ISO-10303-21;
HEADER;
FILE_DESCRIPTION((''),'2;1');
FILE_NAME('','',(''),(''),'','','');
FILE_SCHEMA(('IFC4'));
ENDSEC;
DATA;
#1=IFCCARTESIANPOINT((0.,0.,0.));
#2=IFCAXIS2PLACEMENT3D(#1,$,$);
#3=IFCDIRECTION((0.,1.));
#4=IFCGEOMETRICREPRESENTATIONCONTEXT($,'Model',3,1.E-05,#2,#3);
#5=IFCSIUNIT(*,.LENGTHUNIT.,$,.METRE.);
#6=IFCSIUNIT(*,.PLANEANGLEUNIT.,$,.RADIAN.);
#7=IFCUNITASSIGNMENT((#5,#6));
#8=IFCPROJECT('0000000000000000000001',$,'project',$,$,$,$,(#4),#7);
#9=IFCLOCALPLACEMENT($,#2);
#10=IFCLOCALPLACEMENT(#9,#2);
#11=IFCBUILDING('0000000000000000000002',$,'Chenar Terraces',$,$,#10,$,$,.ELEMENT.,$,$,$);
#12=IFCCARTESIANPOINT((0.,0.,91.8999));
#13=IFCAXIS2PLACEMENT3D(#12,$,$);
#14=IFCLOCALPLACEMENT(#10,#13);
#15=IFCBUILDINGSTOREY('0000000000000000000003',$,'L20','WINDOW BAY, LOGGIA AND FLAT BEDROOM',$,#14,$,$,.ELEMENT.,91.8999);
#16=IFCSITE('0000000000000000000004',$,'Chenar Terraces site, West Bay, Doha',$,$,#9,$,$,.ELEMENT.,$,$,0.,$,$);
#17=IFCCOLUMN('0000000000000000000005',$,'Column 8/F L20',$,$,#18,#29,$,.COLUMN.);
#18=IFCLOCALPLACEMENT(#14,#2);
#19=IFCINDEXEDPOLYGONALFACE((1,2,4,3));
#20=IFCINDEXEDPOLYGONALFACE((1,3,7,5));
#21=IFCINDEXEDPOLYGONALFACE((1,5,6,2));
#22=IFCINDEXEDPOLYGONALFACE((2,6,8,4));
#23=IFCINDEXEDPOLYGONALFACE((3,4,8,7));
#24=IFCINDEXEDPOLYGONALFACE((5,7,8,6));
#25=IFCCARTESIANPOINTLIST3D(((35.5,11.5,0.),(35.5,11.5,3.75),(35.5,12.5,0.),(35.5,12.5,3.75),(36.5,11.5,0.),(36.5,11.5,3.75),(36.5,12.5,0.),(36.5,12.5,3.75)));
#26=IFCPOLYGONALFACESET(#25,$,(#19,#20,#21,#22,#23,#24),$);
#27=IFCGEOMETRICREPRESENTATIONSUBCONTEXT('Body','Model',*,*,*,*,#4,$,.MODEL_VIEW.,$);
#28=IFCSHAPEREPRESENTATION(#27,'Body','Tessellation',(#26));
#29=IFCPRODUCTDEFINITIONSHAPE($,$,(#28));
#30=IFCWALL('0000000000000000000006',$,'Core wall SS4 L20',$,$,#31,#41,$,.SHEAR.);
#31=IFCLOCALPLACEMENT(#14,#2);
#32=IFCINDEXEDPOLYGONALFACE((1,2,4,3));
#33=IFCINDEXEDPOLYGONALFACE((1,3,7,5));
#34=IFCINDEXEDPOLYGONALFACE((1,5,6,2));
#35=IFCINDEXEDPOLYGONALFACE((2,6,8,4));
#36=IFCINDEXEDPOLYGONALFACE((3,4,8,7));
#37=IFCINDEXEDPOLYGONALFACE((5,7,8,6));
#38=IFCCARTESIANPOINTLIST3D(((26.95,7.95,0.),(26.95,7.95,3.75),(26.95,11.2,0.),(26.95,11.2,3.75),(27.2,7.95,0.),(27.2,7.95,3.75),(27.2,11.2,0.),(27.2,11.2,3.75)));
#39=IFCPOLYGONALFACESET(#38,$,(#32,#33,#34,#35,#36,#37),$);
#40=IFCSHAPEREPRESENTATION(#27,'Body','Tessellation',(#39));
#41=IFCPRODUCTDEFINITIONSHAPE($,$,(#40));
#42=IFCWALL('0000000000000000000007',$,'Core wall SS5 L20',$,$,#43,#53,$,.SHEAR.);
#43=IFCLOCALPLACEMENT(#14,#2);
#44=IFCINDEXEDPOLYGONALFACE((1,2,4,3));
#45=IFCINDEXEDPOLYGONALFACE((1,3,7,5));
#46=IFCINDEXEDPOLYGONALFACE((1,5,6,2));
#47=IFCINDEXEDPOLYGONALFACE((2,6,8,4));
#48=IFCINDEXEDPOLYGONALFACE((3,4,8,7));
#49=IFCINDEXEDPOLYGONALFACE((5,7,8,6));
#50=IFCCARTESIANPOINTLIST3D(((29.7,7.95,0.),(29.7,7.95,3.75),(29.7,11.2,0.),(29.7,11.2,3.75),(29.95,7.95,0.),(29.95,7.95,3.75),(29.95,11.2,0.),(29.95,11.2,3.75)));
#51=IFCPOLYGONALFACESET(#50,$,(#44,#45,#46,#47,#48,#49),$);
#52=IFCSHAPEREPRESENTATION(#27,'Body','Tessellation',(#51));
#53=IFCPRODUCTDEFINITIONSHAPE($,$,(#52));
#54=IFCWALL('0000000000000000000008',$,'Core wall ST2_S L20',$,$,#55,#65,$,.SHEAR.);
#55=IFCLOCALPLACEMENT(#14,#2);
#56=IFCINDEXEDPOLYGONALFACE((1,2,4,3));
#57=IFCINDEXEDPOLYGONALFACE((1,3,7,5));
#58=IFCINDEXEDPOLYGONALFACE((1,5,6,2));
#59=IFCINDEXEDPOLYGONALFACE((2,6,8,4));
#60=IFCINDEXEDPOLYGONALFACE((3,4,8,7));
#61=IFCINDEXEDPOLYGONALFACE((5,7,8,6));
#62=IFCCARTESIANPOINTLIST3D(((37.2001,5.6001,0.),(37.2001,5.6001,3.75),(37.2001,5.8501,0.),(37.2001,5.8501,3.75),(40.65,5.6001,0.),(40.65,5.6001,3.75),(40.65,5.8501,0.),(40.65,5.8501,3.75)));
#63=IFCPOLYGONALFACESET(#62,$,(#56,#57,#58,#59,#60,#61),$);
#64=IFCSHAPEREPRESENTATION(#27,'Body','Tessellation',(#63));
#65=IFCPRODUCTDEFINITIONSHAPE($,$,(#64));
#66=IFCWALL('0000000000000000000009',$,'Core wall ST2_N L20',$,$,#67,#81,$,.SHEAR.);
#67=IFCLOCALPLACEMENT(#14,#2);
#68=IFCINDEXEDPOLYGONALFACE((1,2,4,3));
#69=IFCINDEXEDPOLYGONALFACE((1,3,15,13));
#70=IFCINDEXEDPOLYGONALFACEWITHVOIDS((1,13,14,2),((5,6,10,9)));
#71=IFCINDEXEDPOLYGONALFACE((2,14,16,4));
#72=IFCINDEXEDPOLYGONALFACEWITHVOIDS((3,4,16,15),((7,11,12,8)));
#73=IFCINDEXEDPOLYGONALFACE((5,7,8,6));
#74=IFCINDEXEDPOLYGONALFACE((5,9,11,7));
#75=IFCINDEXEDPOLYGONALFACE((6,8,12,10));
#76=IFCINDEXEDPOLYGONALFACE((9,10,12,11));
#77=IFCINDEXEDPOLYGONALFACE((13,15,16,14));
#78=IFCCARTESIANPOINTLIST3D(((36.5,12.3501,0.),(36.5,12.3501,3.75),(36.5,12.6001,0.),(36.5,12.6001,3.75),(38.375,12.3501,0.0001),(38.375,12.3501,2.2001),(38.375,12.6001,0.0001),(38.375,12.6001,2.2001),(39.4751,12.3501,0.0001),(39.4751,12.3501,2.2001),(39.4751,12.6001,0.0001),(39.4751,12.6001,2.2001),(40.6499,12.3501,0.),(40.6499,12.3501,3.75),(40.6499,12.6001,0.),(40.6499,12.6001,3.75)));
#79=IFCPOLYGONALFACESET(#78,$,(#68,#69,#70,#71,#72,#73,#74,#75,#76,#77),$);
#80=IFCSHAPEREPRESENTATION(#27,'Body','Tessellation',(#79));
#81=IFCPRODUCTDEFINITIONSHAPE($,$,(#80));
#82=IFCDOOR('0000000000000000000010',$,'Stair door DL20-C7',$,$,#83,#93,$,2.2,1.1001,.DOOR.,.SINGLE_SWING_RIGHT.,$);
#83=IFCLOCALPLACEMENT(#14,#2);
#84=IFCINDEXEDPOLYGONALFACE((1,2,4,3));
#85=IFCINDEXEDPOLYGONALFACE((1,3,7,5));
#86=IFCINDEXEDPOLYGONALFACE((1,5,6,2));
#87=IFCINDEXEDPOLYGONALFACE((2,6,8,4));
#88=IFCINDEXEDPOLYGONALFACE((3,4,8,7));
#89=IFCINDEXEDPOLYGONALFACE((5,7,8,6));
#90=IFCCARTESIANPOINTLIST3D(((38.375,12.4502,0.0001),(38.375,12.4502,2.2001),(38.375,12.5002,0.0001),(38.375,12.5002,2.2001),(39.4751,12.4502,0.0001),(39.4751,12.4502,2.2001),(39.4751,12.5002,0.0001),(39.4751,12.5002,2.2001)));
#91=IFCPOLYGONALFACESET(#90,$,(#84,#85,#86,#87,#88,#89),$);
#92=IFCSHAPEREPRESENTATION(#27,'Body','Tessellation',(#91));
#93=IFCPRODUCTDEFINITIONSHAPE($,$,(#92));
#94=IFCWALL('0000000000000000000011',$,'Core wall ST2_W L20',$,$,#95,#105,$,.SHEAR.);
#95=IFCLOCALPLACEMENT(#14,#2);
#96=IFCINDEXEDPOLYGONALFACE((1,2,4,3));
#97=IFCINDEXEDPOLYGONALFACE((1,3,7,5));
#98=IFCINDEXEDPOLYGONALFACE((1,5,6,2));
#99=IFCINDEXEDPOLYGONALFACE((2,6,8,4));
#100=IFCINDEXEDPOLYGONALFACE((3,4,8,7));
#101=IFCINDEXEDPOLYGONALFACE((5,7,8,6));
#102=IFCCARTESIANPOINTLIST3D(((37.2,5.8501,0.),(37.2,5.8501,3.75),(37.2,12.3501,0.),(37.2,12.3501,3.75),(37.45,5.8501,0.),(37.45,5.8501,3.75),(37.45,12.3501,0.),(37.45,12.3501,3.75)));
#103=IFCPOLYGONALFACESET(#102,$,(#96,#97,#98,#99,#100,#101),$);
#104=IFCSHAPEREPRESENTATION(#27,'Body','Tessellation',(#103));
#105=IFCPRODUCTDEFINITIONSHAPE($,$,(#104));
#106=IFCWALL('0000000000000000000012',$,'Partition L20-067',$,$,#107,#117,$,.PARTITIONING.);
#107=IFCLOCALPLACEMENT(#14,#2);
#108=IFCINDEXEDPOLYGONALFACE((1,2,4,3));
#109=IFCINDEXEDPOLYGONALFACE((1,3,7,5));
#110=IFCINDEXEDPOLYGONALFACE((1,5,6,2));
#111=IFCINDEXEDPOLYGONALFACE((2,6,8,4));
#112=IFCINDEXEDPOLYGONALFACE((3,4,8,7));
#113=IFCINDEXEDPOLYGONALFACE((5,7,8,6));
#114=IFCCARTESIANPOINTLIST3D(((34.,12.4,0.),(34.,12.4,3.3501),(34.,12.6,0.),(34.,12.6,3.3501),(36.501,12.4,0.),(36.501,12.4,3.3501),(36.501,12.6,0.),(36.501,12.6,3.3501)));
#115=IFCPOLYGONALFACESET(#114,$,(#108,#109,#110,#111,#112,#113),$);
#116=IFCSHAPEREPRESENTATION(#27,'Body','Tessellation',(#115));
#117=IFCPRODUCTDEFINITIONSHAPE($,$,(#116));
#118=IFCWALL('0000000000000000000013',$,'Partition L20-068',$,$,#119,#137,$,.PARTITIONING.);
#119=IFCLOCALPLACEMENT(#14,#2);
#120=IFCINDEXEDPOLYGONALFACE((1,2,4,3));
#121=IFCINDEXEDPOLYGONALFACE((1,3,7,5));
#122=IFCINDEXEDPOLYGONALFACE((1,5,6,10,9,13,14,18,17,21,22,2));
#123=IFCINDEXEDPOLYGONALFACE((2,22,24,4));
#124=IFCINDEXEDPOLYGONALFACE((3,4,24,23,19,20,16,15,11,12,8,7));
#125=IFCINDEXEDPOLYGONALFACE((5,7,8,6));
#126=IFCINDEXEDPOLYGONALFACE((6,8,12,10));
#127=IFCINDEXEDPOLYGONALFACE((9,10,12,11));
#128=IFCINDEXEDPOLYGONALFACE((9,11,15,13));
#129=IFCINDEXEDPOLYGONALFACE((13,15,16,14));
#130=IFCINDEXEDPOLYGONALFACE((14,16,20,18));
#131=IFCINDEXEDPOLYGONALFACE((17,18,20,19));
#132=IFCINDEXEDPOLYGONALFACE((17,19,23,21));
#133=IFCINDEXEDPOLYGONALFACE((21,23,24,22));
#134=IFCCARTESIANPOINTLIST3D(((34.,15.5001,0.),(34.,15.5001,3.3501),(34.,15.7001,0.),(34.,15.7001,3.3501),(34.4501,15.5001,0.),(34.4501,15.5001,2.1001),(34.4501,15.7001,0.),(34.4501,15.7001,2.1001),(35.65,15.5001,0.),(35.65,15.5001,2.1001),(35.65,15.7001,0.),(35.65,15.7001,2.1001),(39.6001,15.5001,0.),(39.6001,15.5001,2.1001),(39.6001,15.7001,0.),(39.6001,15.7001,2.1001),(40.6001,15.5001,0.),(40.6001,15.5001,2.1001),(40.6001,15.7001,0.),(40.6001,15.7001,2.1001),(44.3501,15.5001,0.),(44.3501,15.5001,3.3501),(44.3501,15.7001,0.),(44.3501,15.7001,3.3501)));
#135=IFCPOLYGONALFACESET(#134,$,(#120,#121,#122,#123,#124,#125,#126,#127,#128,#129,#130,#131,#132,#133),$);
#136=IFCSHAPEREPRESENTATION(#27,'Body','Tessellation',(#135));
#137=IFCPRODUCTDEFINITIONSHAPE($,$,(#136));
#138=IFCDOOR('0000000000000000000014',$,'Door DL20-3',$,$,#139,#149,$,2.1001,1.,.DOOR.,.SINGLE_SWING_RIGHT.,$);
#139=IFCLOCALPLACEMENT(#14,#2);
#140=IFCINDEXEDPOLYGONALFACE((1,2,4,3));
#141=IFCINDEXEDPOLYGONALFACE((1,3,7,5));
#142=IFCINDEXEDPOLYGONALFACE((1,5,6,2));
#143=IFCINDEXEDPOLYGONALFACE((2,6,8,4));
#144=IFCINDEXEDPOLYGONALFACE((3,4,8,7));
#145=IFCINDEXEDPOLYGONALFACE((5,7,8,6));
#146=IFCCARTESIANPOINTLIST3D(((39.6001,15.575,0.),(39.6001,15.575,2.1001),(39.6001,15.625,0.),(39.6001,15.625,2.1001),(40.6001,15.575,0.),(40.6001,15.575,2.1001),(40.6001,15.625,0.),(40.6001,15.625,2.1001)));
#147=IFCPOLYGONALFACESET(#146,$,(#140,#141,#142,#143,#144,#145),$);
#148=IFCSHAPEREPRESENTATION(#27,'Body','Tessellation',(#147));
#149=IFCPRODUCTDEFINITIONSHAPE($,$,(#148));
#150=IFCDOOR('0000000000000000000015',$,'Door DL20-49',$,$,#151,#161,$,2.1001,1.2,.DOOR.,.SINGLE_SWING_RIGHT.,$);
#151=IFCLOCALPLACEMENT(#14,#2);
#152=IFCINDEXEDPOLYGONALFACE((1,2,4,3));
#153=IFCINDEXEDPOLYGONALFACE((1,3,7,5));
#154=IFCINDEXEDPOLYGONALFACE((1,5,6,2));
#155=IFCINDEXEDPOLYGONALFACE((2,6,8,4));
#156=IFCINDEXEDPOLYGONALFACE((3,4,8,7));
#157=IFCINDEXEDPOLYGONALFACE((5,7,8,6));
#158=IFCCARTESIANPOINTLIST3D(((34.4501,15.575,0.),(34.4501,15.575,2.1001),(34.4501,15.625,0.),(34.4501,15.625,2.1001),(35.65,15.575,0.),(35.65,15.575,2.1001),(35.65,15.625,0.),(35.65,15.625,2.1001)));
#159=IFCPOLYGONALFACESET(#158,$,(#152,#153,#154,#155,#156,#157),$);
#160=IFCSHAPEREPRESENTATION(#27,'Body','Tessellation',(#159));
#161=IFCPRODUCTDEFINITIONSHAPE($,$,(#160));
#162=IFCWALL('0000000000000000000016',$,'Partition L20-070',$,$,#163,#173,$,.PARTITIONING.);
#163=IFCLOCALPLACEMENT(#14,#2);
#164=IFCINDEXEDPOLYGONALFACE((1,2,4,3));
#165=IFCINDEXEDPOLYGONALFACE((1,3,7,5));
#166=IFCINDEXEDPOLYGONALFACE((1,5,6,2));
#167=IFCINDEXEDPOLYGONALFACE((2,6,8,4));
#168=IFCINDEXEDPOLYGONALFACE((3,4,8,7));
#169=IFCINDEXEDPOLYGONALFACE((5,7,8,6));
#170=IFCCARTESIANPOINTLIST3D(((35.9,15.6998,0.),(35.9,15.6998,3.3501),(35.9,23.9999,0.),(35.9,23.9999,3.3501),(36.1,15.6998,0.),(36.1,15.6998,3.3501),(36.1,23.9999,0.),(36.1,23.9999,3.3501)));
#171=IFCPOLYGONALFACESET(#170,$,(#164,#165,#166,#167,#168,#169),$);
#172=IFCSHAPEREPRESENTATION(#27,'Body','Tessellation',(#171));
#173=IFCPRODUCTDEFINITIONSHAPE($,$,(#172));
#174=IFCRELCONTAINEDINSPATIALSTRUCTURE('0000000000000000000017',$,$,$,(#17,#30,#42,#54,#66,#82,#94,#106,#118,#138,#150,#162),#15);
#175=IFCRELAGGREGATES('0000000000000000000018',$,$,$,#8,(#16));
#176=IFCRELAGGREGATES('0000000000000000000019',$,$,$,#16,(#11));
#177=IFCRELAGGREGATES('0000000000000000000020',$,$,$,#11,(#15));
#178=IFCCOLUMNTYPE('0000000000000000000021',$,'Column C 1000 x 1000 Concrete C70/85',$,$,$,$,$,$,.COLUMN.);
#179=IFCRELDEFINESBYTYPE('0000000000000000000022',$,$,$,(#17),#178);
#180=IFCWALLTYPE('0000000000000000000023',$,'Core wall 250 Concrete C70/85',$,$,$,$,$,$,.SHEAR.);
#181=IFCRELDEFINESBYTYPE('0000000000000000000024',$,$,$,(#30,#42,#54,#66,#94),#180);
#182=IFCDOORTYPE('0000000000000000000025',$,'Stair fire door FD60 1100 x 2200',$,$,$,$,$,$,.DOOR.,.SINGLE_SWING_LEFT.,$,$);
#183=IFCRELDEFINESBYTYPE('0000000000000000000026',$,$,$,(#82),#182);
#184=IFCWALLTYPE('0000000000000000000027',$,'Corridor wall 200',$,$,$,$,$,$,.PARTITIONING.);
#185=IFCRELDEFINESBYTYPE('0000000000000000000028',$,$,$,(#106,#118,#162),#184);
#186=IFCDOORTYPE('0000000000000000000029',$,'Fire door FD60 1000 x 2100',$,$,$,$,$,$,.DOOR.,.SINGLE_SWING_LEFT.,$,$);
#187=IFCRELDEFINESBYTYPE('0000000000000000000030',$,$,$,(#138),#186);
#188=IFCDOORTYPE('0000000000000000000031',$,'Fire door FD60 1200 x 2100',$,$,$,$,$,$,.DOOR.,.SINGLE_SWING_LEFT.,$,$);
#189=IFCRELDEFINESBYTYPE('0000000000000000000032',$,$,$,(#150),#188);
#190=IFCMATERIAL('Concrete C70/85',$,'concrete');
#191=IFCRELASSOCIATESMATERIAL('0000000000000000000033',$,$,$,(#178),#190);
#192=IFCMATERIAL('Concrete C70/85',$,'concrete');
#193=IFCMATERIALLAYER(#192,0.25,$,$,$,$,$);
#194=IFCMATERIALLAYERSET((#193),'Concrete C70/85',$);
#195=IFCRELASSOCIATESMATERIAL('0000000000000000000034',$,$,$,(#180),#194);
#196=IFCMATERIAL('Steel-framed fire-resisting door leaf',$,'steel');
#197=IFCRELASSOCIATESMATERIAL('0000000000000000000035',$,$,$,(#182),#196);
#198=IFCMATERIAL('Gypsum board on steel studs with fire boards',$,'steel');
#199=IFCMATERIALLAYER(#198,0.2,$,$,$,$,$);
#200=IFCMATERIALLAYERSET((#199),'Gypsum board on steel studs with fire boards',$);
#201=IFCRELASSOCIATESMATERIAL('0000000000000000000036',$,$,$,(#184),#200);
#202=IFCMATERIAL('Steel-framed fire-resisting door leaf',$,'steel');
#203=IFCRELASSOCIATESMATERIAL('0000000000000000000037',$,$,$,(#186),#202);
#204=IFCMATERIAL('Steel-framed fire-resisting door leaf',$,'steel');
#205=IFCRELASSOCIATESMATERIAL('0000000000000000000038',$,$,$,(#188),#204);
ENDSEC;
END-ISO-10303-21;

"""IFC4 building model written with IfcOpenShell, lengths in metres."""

from ifc_helpers import new_model, si_unit, direction, frame, frame_2d, origin, origin_2d, place, context, subcontext, project, spatial, rectangle, extrude, material, layer, layer_set, material_profile, profile_set, type_object, element, fill, save


model = new_model("IFC4")

# Units and contexts
model_context = context("Model", 3, precision=1e-05, world=origin(), true_north=direction((0.0, 1.0)))
body_context = subcontext(model_context, "Body", "Model", "MODEL_VIEW")
ifc_project = project(units=[si_unit("LENGTHUNIT", "METRE"), si_unit("PLANEANGLEUNIT", "RADIAN")], contexts=[model_context])

# Site, building, storey
site_placement = place(None, origin())
site = spatial("IfcSite", under=ifc_project, at=site_placement, Name="Chenar Terraces site, West Bay, Doha", CompositionType="ELEMENT", RefElevation=0.0)
building_placement = place(site_placement, origin())
building = spatial("IfcBuilding", under=site, at=building_placement, Name="Chenar Terraces", CompositionType="ELEMENT")
storey_placement = place(building_placement, frame((0.0, 0.0, 91.8999)))
storey = spatial("IfcBuildingStorey", under=building, at=storey_placement, Name="L20", Description="WINDOW BAY, LOGGIA AND FLAT BEDROOM", CompositionType="ELEMENT", Elevation=91.8999)

# Column
ifc_material_1 = material(Name="Concrete C70/85", Category="concrete")
ifc_material_profile = material_profile(ifc_material_1, rectangle(XDim=1.0, YDim=1.0, at=origin_2d()), Name="C 1000 x 1000")
ifc_profile_set = profile_set([ifc_material_profile], Name="Concrete C70/85")
column_type = type_object("IfcColumnType", Name="Column C 1000 x 1000 Concrete C70/85", PredefinedType="COLUMN", material=ifc_profile_set)
column_placement = place(storey_placement, frame((36.0, 12.0, 0.0), z_axis=(0.0, 0.0, 1.0), x_axis=(1.0, 0.0, 0.0)))
element("IfcColumn", 1, at=column_placement, inside=storey, type_object=column_type, Name="Column 8/F L20", PredefinedType="COLUMN", context=body_context, shape_type="SweptSolid", body=[
    extrude(rectangle(XDim=1.0, YDim=1.0, at=origin_2d()), origin(), (0.0, 0.0, 1.0), 3.75),
])

# Walls
ifc_material_2 = material(Name="Concrete C70/85", Category="concrete")
ifc_layer_1 = layer(ifc_material_2, 0.25)
ifc_layer_set_1 = layer_set([ifc_layer_1], Name="Concrete C70/85")
wall_type_1 = type_object("IfcWallType", Name="Core wall 250 Concrete C70/85", PredefinedType="SHEAR", material=ifc_layer_set_1)
for number, where, z_axis, x_axis, name in (
    (2, (27.075, 7.95, 0.0), (0.0, 0.0, 1.0), (0.0, 1.0, 0.0), "Core wall SS4 L20"),
    (3, (29.825, 7.95, 0.0), (0.0, 0.0, 1.0), (0.0, 1.0, 0.0), "Core wall SS5 L20"),
):
    element("IfcWall", number, at=place(storey_placement, frame(where, z_axis=z_axis, x_axis=x_axis)), inside=storey, type_object=wall_type_1, Name=name, PredefinedType="SHEAR", context=body_context, shape_type="SweptSolid", body=[
        extrude(rectangle(XDim=3.25, YDim=0.25, at=frame_2d((1.625, 0.0))), origin(), (0.0, 0.0, 1.0), 3.75),
    ])
wall_1_placement = place(storey_placement, frame((37.2, 5.7251, 0.0), z_axis=(0.0, 0.0, 1.0), x_axis=(1.0, 0.0, 0.0)))
element("IfcWall", 4, at=wall_1_placement, inside=storey, type_object=wall_type_1, Name="Core wall ST2_S L20", PredefinedType="SHEAR", context=body_context, shape_type="SweptSolid", body=[
    extrude(rectangle(XDim=3.45, YDim=0.25, at=frame_2d((1.7251, 0.0))), origin(), (0.0, 0.0, 1.0), 3.75),
])

# Wall, opening, door
wall_2_placement = place(storey_placement, frame((36.5, 12.4751, 0.0), z_axis=(0.0, 0.0, 1.0), x_axis=(1.0, 0.0, 0.0)))
wall_2 = element("IfcWall", 5, at=wall_2_placement, inside=storey, type_object=wall_type_1, Name="Core wall ST2_N L20", PredefinedType="SHEAR", context=body_context, shape_type="SweptSolid", body=[
    extrude(rectangle(XDim=4.1499, YDim=0.25, at=frame_2d((2.075, 0.0))), origin(), (0.0, 0.0, 1.0), 3.75),
])
opening_1_placement = place(wall_2_placement, frame((1.875, 0.0, 0.0)))
opening_1 = element("IfcOpeningElement", 6, at=opening_1_placement, cuts=wall_2, PredefinedType="OPENING", context=body_context, shape_type="SweptSolid", body=[
    extrude(rectangle(XDim=1.1001, YDim=2.2, at=frame_2d((0.55, 1.1001))), frame((0.0, 0.135, 0.0), z_axis=(0.0, -1.0, 0.0), x_axis=(1.0, 0.0, 0.0)), (0.0, 0.0, 1.0), 0.27),
])
ifc_material_3 = material(Name="Steel-framed fire-resisting door leaf", Category="steel")
door_type_1 = type_object("IfcDoorType", Name="Stair fire door FD60 1100 x 2200", OperationType="SINGLE_SWING_LEFT", PredefinedType="DOOR", material=ifc_material_3)
door_1_placement = place(opening_1_placement, frame((1.1001, 0.0, 0.0), z_axis=(0.0, 0.0, 1.0), x_axis=(-1.0, 0.0, 0.0)))
door_1 = element("IfcDoor", 7, at=door_1_placement, inside=storey, type_object=door_type_1, Name="Stair door DL20-C7", OperationType="SINGLE_SWING_RIGHT", OverallHeight=2.2, OverallWidth=1.1001, PredefinedType="DOOR", context=body_context, shape_type="SweptSolid", body=[
    extrude(rectangle(XDim=1.1001, YDim=2.2, at=frame_2d((0.55, 1.1001))), frame((0.0, 0.0249, 0.0), z_axis=(0.0, -1.0, 0.0), x_axis=(1.0, 0.0, 0.0)), (0.0, 0.0, 1.0), 0.05),
])
fill(opening_1, door_1)

# Wall
wall_3_placement = place(storey_placement, frame((37.325, 5.8501, 0.0), z_axis=(0.0, 0.0, 1.0), x_axis=(0.0, 1.0, 0.0)))
element("IfcWall", 8, at=wall_3_placement, inside=storey, type_object=wall_type_1, Name="Core wall ST2_W L20", PredefinedType="SHEAR", context=body_context, shape_type="SweptSolid", body=[
    extrude(rectangle(XDim=6.5, YDim=0.25, at=frame_2d((3.25, 0.0))), origin(), (0.0, 0.0, 1.0), 3.75),
])

# Wall
ifc_material_4 = material(Name="Gypsum board on steel studs with fire boards", Category="steel")
ifc_layer_2 = layer(ifc_material_4, 0.2)
ifc_layer_set_2 = layer_set([ifc_layer_2], Name="Gypsum board on steel studs with fire boards")
wall_type_2 = type_object("IfcWallType", Name="Corridor wall 200", PredefinedType="PARTITIONING", material=ifc_layer_set_2)
wall_4_placement = place(storey_placement, frame((34.0, 12.5, 0.0), z_axis=(0.0, 0.0, 1.0), x_axis=(1.0, 0.0, 0.0)))
element("IfcWall", 9, at=wall_4_placement, inside=storey, type_object=wall_type_2, Name="Partition L20-067", PredefinedType="PARTITIONING", context=body_context, shape_type="SweptSolid", body=[
    extrude(rectangle(XDim=2.501, YDim=0.2, at=frame_2d((1.2505, 0.0))), origin(), (0.0, 0.0, 1.0), 3.3501),
])

# Wall, openings, doors
wall_5_placement = place(storey_placement, frame((34.0, 15.6001, 0.0), z_axis=(0.0, 0.0, 1.0), x_axis=(1.0, 0.0, 0.0)))
wall_5 = element("IfcWall", 10, at=wall_5_placement, inside=storey, type_object=wall_type_2, Name="Partition L20-068", PredefinedType="PARTITIONING", context=body_context, shape_type="SweptSolid", body=[
    extrude(rectangle(XDim=10.3501, YDim=0.2, at=frame_2d((5.175, 0.0))), origin(), (0.0, 0.0, 1.0), 3.3501),
])
opening_2_placement = place(wall_5_placement, frame((5.6001, 0.0, 0.0)))
opening_2 = element("IfcOpeningElement", 11, at=opening_2_placement, cuts=wall_5, PredefinedType="OPENING", context=body_context, shape_type="SweptSolid", body=[
    extrude(rectangle(XDim=1.0, YDim=2.1001, at=frame_2d((0.5, 1.05))), frame((0.0, 0.1099, 0.0), z_axis=(0.0, -1.0, 0.0), x_axis=(1.0, 0.0, 0.0)), (0.0, 0.0, 1.0), 0.22),
])
opening_3_placement = place(wall_5_placement, frame((0.45, 0.0, 0.0)))
opening_3 = element("IfcOpeningElement", 12, at=opening_3_placement, cuts=wall_5, PredefinedType="OPENING", context=body_context, shape_type="SweptSolid", body=[
    extrude(rectangle(XDim=1.2, YDim=2.1001, at=frame_2d((0.6001, 1.05))), frame((0.0, 0.1099, 0.0), z_axis=(0.0, -1.0, 0.0), x_axis=(1.0, 0.0, 0.0)), (0.0, 0.0, 1.0), 0.22),
])
ifc_material_5 = material(Name="Steel-framed fire-resisting door leaf", Category="steel")
door_type_2 = type_object("IfcDoorType", Name="Fire door FD60 1000 x 2100", OperationType="SINGLE_SWING_LEFT", PredefinedType="DOOR", material=ifc_material_5)
door_2_placement = place(opening_2_placement, origin())
door_2 = element("IfcDoor", 13, at=door_2_placement, inside=storey, type_object=door_type_2, Name="Door DL20-3", OperationType="SINGLE_SWING_RIGHT", OverallHeight=2.1001, OverallWidth=1.0, PredefinedType="DOOR", context=body_context, shape_type="SweptSolid", body=[
    extrude(rectangle(XDim=1.0, YDim=2.1001, at=frame_2d((0.5, 1.05))), frame((0.0, 0.0249, 0.0), z_axis=(0.0, -1.0, 0.0), x_axis=(1.0, 0.0, 0.0)), (0.0, 0.0, 1.0), 0.05),
])
fill(opening_2, door_2)
ifc_material_6 = material(Name="Steel-framed fire-resisting door leaf", Category="steel")
door_type_3 = type_object("IfcDoorType", Name="Fire door FD60 1200 x 2100", OperationType="SINGLE_SWING_LEFT", PredefinedType="DOOR", material=ifc_material_6)
door_3_placement = place(opening_3_placement, origin())
door_3 = element("IfcDoor", 14, at=door_3_placement, inside=storey, type_object=door_type_3, Name="Door DL20-49", OperationType="SINGLE_SWING_RIGHT", OverallHeight=2.1001, OverallWidth=1.2, PredefinedType="DOOR", context=body_context, shape_type="SweptSolid", body=[
    extrude(rectangle(XDim=1.2, YDim=2.1001, at=frame_2d((0.6001, 1.05))), frame((0.0, 0.0249, 0.0), z_axis=(0.0, -1.0, 0.0), x_axis=(1.0, 0.0, 0.0)), (0.0, 0.0, 1.0), 0.05),
])
fill(opening_3, door_3)

# Wall
wall_6_placement = place(storey_placement, frame((36.0, 15.7, 0.0), z_axis=(0.0, 0.0, 1.0), x_axis=(0.0, 1.0, 0.0)))
element("IfcWall", 15, at=wall_6_placement, inside=storey, type_object=wall_type_2, Name="Partition L20-070", PredefinedType="PARTITIONING", context=body_context, shape_type="SweptSolid", body=[
    extrude(rectangle(XDim=8.3, YDim=0.2, at=frame_2d((4.1499, 0.0))), origin(), (0.0, 0.0, 1.0), 3.3501),
])

save(model, "model.ifc")
